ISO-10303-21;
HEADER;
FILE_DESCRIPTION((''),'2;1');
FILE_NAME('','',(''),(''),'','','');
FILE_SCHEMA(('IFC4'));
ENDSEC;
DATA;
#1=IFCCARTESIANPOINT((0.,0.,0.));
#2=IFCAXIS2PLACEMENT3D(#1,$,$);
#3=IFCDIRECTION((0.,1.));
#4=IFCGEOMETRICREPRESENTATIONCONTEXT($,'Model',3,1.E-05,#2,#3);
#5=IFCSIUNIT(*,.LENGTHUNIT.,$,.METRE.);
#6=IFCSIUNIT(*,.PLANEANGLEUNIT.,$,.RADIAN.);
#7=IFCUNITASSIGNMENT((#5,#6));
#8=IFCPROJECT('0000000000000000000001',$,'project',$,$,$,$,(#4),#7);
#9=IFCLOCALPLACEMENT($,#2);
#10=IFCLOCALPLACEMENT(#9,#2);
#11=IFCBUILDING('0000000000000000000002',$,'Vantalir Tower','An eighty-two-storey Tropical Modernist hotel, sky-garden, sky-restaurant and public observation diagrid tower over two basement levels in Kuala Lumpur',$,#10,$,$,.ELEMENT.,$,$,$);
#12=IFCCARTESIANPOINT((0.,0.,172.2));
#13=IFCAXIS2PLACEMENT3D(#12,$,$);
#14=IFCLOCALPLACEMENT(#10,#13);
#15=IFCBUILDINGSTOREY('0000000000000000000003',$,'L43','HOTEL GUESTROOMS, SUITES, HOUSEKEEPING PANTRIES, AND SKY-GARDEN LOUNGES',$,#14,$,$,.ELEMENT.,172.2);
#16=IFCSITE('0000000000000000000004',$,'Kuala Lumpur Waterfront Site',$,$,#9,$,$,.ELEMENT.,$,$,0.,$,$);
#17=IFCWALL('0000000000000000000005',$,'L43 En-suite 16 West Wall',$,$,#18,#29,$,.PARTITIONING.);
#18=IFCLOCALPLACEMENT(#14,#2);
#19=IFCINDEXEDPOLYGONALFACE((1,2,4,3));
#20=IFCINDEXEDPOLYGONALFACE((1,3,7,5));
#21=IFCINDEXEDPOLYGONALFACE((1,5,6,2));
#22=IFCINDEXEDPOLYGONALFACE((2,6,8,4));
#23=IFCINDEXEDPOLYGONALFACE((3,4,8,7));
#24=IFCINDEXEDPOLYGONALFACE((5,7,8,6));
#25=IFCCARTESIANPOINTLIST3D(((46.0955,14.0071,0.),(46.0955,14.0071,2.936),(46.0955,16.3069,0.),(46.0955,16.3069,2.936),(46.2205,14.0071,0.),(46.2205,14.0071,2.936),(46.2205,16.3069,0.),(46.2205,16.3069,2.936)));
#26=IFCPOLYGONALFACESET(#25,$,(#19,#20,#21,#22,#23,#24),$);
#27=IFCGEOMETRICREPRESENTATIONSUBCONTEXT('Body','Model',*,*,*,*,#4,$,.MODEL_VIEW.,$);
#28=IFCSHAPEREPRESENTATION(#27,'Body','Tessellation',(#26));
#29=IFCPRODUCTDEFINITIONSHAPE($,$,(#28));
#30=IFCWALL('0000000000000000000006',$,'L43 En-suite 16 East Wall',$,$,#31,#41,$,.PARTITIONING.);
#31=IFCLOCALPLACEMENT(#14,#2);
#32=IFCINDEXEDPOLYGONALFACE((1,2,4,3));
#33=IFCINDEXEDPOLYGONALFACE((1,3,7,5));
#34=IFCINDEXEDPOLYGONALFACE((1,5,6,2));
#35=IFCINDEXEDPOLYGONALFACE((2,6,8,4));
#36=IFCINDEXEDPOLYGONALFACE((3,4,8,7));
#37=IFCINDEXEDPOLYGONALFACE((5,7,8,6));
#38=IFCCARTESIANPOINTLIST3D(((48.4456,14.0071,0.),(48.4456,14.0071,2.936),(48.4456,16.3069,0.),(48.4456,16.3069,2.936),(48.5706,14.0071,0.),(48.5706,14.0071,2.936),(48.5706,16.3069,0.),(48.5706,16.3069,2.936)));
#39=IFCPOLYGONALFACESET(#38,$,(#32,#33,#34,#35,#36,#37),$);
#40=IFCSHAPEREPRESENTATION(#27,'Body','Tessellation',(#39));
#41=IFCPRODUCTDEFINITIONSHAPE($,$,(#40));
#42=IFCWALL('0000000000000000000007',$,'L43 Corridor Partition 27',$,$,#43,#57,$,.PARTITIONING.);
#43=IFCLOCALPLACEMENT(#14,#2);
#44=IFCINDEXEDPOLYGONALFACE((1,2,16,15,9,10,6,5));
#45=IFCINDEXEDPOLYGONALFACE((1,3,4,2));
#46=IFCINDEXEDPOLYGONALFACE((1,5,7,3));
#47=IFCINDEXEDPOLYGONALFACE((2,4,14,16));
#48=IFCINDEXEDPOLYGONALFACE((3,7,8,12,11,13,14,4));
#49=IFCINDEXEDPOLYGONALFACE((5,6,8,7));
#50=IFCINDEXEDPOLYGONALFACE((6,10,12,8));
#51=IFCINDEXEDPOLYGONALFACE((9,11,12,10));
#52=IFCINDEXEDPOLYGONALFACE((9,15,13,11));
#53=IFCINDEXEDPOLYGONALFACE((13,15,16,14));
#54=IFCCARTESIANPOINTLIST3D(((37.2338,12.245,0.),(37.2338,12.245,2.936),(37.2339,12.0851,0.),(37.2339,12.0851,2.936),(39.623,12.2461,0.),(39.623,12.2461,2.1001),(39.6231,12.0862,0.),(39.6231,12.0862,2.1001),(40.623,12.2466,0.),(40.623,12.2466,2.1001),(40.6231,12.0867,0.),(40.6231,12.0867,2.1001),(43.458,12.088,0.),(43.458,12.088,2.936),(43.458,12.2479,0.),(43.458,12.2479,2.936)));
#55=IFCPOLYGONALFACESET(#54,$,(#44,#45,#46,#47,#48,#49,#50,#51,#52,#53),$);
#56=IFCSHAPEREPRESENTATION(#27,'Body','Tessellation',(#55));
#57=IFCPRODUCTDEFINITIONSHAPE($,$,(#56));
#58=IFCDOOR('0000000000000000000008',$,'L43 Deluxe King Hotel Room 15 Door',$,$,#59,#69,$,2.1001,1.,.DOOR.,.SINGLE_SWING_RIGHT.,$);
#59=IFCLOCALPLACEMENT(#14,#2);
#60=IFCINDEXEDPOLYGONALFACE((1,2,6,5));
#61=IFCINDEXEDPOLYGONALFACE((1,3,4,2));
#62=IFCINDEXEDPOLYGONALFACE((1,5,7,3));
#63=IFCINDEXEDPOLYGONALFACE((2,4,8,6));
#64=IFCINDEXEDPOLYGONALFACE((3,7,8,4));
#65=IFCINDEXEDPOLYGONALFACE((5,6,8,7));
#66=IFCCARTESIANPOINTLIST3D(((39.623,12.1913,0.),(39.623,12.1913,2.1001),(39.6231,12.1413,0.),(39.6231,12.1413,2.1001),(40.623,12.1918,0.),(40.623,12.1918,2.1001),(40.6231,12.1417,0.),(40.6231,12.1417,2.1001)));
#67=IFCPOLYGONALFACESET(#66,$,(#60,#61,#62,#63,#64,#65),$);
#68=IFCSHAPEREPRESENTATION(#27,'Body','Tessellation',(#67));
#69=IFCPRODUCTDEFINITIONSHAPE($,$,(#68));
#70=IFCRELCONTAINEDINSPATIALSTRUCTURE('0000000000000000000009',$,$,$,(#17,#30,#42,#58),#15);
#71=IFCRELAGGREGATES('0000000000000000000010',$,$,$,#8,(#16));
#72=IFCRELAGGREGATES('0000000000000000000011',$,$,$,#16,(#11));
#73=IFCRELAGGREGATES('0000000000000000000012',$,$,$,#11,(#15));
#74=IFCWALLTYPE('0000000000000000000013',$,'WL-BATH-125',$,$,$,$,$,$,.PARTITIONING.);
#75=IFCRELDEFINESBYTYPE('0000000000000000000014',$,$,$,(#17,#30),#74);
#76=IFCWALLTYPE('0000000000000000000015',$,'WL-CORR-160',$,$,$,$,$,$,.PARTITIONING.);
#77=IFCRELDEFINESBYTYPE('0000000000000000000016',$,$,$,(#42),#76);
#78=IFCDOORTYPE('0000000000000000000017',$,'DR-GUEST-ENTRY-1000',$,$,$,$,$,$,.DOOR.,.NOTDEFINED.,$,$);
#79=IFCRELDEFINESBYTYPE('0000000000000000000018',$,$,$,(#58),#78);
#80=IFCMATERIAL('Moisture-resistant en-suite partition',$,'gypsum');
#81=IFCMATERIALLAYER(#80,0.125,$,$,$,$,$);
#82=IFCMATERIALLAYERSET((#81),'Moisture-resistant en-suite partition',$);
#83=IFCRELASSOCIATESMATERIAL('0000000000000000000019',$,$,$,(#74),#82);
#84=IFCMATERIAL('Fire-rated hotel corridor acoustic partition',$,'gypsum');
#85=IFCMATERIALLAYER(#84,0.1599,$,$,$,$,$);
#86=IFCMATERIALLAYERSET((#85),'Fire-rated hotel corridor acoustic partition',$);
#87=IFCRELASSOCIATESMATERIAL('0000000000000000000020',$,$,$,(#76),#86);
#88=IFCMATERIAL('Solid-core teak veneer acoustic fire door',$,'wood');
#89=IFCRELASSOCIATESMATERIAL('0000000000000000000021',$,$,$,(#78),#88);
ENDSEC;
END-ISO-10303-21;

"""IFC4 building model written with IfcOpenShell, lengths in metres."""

from ifc_helpers import new_model, si_unit, direction, frame, frame_2d, origin, place, context, subcontext, project, spatial, rectangle, extrude, material, layer, layer_set, type_object, element, fill, save


model = new_model("IFC4")

# Units and contexts
model_context = context("Model", 3, precision=1e-05, world=origin(), true_north=direction((0.0, 1.0)))
body_context = subcontext(model_context, "Body", "Model", "MODEL_VIEW")
ifc_project = project(units=[si_unit("LENGTHUNIT", "METRE"), si_unit("PLANEANGLEUNIT", "RADIAN")], contexts=[model_context])

# Site, building, storey
site_placement = place(None, origin())
site = spatial("IfcSite", under=ifc_project, at=site_placement, Name="Kuala Lumpur Waterfront Site", CompositionType="ELEMENT", RefElevation=0.0)
building_placement = place(site_placement, origin())
building = spatial("IfcBuilding", under=site, at=building_placement, Name="Vantalir Tower", Description="An eighty-two-storey Tropical Modernist hotel, sky-garden, sky-restaurant and public observation diagrid tower over two basement levels in Kuala Lumpur", CompositionType="ELEMENT")
storey_placement = place(building_placement, frame((0.0, 0.0, 172.2)))
storey = spatial("IfcBuildingStorey", under=building, at=storey_placement, Name="L43", Description="HOTEL GUESTROOMS, SUITES, HOUSEKEEPING PANTRIES, AND SKY-GARDEN LOUNGES", CompositionType="ELEMENT", Elevation=172.2)

# Walls
ifc_material_1 = material(Name="Moisture-resistant en-suite partition", Category="gypsum")
ifc_layer_1 = layer(ifc_material_1, 0.125)
ifc_layer_set_1 = layer_set([ifc_layer_1], Name="Moisture-resistant en-suite partition")
wall_type_1 = type_object("IfcWallType", Name="WL-BATH-125", PredefinedType="PARTITIONING", material=ifc_layer_set_1)
for number, where, z_axis, x_axis, name in (
    (1, (46.158, 14.0071, 0.0), (0.0, 0.0, 1.0), (0.0, 1.0, 0.0), "L43 En-suite 16 West Wall"),
    (2, (48.5081, 14.0071, 0.0), (0.0, 0.0, 1.0), (0.0, 1.0, 0.0), "L43 En-suite 16 East Wall"),
):
    element("IfcWall", number, at=place(storey_placement, frame(where, z_axis=z_axis, x_axis=x_axis)), inside=storey, type_object=wall_type_1, Name=name, PredefinedType="PARTITIONING", context=body_context, shape_type="SweptSolid", body=[
        extrude(rectangle(XDim=2.2998, YDim=0.125, at=frame_2d((1.1499, 0.0))), origin(), (0.0, 0.0, 1.0), 2.936),
    ])

# Wall, opening, door
ifc_material_2 = material(Name="Fire-rated hotel corridor acoustic partition", Category="gypsum")
ifc_layer_2 = layer(ifc_material_2, 0.1599)
ifc_layer_set_2 = layer_set([ifc_layer_2], Name="Fire-rated hotel corridor acoustic partition")
wall_type_2 = type_object("IfcWallType", Name="WL-CORR-160", PredefinedType="PARTITIONING", material=ifc_layer_set_2)
wall_1_placement = place(storey_placement, frame((43.458, 12.168, 0.0), z_axis=(0.0, 0.0, 1.0), x_axis=(-1.0, -0.000471, 0.0)))
wall_1 = element("IfcWall", 3, at=wall_1_placement, inside=storey, type_object=wall_type_2, Name="L43 Corridor Partition 27", PredefinedType="PARTITIONING", context=body_context, shape_type="SweptSolid", body=[
    extrude(rectangle(XDim=6.2241, YDim=0.1599, at=frame_2d((3.1121, 0.0))), origin(), (0.0, 0.0, 1.0), 2.936),
])
opening_placement = place(wall_1_placement, frame((2.835, 0.0, 0.0)))
opening = element("IfcOpeningElement", 4, at=opening_placement, cuts=wall_1, PredefinedType="OPENING", context=body_context, shape_type="SweptSolid", body=[
    extrude(rectangle(XDim=1.0, YDim=2.1001, at=frame_2d((0.5, 1.05))), frame((0.0, 0.0898, 0.0), z_axis=(0.0, -1.0, 0.0), x_axis=(1.0, 0.0, 0.0)), (0.0, 0.0, 1.0), 0.1799),
])
ifc_material_3 = material(Name="Solid-core teak veneer acoustic fire door", Category="wood")
door_type = type_object("IfcDoorType", Name="DR-GUEST-ENTRY-1000", OperationType="NOTDEFINED", PredefinedType="DOOR", material=ifc_material_3)
door_placement = place(opening_placement, origin())
door = element("IfcDoor", 5, at=door_placement, inside=storey, type_object=door_type, Name="L43 Deluxe King Hotel Room 15 Door", OperationType="SINGLE_SWING_RIGHT", OverallHeight=2.1001, OverallWidth=1.0, PredefinedType="DOOR", context=body_context, shape_type="SweptSolid", body=[
    extrude(rectangle(XDim=1.0, YDim=2.1001, at=frame_2d((0.5, 1.05))), frame((0.0, 0.0249, 0.0), z_axis=(0.0, -1.0, 0.0), x_axis=(1.0, 0.0, 0.0)), (0.0, 0.0, 1.0), 0.05),
])
fill(opening, door)

save(model, "model.ifc")
